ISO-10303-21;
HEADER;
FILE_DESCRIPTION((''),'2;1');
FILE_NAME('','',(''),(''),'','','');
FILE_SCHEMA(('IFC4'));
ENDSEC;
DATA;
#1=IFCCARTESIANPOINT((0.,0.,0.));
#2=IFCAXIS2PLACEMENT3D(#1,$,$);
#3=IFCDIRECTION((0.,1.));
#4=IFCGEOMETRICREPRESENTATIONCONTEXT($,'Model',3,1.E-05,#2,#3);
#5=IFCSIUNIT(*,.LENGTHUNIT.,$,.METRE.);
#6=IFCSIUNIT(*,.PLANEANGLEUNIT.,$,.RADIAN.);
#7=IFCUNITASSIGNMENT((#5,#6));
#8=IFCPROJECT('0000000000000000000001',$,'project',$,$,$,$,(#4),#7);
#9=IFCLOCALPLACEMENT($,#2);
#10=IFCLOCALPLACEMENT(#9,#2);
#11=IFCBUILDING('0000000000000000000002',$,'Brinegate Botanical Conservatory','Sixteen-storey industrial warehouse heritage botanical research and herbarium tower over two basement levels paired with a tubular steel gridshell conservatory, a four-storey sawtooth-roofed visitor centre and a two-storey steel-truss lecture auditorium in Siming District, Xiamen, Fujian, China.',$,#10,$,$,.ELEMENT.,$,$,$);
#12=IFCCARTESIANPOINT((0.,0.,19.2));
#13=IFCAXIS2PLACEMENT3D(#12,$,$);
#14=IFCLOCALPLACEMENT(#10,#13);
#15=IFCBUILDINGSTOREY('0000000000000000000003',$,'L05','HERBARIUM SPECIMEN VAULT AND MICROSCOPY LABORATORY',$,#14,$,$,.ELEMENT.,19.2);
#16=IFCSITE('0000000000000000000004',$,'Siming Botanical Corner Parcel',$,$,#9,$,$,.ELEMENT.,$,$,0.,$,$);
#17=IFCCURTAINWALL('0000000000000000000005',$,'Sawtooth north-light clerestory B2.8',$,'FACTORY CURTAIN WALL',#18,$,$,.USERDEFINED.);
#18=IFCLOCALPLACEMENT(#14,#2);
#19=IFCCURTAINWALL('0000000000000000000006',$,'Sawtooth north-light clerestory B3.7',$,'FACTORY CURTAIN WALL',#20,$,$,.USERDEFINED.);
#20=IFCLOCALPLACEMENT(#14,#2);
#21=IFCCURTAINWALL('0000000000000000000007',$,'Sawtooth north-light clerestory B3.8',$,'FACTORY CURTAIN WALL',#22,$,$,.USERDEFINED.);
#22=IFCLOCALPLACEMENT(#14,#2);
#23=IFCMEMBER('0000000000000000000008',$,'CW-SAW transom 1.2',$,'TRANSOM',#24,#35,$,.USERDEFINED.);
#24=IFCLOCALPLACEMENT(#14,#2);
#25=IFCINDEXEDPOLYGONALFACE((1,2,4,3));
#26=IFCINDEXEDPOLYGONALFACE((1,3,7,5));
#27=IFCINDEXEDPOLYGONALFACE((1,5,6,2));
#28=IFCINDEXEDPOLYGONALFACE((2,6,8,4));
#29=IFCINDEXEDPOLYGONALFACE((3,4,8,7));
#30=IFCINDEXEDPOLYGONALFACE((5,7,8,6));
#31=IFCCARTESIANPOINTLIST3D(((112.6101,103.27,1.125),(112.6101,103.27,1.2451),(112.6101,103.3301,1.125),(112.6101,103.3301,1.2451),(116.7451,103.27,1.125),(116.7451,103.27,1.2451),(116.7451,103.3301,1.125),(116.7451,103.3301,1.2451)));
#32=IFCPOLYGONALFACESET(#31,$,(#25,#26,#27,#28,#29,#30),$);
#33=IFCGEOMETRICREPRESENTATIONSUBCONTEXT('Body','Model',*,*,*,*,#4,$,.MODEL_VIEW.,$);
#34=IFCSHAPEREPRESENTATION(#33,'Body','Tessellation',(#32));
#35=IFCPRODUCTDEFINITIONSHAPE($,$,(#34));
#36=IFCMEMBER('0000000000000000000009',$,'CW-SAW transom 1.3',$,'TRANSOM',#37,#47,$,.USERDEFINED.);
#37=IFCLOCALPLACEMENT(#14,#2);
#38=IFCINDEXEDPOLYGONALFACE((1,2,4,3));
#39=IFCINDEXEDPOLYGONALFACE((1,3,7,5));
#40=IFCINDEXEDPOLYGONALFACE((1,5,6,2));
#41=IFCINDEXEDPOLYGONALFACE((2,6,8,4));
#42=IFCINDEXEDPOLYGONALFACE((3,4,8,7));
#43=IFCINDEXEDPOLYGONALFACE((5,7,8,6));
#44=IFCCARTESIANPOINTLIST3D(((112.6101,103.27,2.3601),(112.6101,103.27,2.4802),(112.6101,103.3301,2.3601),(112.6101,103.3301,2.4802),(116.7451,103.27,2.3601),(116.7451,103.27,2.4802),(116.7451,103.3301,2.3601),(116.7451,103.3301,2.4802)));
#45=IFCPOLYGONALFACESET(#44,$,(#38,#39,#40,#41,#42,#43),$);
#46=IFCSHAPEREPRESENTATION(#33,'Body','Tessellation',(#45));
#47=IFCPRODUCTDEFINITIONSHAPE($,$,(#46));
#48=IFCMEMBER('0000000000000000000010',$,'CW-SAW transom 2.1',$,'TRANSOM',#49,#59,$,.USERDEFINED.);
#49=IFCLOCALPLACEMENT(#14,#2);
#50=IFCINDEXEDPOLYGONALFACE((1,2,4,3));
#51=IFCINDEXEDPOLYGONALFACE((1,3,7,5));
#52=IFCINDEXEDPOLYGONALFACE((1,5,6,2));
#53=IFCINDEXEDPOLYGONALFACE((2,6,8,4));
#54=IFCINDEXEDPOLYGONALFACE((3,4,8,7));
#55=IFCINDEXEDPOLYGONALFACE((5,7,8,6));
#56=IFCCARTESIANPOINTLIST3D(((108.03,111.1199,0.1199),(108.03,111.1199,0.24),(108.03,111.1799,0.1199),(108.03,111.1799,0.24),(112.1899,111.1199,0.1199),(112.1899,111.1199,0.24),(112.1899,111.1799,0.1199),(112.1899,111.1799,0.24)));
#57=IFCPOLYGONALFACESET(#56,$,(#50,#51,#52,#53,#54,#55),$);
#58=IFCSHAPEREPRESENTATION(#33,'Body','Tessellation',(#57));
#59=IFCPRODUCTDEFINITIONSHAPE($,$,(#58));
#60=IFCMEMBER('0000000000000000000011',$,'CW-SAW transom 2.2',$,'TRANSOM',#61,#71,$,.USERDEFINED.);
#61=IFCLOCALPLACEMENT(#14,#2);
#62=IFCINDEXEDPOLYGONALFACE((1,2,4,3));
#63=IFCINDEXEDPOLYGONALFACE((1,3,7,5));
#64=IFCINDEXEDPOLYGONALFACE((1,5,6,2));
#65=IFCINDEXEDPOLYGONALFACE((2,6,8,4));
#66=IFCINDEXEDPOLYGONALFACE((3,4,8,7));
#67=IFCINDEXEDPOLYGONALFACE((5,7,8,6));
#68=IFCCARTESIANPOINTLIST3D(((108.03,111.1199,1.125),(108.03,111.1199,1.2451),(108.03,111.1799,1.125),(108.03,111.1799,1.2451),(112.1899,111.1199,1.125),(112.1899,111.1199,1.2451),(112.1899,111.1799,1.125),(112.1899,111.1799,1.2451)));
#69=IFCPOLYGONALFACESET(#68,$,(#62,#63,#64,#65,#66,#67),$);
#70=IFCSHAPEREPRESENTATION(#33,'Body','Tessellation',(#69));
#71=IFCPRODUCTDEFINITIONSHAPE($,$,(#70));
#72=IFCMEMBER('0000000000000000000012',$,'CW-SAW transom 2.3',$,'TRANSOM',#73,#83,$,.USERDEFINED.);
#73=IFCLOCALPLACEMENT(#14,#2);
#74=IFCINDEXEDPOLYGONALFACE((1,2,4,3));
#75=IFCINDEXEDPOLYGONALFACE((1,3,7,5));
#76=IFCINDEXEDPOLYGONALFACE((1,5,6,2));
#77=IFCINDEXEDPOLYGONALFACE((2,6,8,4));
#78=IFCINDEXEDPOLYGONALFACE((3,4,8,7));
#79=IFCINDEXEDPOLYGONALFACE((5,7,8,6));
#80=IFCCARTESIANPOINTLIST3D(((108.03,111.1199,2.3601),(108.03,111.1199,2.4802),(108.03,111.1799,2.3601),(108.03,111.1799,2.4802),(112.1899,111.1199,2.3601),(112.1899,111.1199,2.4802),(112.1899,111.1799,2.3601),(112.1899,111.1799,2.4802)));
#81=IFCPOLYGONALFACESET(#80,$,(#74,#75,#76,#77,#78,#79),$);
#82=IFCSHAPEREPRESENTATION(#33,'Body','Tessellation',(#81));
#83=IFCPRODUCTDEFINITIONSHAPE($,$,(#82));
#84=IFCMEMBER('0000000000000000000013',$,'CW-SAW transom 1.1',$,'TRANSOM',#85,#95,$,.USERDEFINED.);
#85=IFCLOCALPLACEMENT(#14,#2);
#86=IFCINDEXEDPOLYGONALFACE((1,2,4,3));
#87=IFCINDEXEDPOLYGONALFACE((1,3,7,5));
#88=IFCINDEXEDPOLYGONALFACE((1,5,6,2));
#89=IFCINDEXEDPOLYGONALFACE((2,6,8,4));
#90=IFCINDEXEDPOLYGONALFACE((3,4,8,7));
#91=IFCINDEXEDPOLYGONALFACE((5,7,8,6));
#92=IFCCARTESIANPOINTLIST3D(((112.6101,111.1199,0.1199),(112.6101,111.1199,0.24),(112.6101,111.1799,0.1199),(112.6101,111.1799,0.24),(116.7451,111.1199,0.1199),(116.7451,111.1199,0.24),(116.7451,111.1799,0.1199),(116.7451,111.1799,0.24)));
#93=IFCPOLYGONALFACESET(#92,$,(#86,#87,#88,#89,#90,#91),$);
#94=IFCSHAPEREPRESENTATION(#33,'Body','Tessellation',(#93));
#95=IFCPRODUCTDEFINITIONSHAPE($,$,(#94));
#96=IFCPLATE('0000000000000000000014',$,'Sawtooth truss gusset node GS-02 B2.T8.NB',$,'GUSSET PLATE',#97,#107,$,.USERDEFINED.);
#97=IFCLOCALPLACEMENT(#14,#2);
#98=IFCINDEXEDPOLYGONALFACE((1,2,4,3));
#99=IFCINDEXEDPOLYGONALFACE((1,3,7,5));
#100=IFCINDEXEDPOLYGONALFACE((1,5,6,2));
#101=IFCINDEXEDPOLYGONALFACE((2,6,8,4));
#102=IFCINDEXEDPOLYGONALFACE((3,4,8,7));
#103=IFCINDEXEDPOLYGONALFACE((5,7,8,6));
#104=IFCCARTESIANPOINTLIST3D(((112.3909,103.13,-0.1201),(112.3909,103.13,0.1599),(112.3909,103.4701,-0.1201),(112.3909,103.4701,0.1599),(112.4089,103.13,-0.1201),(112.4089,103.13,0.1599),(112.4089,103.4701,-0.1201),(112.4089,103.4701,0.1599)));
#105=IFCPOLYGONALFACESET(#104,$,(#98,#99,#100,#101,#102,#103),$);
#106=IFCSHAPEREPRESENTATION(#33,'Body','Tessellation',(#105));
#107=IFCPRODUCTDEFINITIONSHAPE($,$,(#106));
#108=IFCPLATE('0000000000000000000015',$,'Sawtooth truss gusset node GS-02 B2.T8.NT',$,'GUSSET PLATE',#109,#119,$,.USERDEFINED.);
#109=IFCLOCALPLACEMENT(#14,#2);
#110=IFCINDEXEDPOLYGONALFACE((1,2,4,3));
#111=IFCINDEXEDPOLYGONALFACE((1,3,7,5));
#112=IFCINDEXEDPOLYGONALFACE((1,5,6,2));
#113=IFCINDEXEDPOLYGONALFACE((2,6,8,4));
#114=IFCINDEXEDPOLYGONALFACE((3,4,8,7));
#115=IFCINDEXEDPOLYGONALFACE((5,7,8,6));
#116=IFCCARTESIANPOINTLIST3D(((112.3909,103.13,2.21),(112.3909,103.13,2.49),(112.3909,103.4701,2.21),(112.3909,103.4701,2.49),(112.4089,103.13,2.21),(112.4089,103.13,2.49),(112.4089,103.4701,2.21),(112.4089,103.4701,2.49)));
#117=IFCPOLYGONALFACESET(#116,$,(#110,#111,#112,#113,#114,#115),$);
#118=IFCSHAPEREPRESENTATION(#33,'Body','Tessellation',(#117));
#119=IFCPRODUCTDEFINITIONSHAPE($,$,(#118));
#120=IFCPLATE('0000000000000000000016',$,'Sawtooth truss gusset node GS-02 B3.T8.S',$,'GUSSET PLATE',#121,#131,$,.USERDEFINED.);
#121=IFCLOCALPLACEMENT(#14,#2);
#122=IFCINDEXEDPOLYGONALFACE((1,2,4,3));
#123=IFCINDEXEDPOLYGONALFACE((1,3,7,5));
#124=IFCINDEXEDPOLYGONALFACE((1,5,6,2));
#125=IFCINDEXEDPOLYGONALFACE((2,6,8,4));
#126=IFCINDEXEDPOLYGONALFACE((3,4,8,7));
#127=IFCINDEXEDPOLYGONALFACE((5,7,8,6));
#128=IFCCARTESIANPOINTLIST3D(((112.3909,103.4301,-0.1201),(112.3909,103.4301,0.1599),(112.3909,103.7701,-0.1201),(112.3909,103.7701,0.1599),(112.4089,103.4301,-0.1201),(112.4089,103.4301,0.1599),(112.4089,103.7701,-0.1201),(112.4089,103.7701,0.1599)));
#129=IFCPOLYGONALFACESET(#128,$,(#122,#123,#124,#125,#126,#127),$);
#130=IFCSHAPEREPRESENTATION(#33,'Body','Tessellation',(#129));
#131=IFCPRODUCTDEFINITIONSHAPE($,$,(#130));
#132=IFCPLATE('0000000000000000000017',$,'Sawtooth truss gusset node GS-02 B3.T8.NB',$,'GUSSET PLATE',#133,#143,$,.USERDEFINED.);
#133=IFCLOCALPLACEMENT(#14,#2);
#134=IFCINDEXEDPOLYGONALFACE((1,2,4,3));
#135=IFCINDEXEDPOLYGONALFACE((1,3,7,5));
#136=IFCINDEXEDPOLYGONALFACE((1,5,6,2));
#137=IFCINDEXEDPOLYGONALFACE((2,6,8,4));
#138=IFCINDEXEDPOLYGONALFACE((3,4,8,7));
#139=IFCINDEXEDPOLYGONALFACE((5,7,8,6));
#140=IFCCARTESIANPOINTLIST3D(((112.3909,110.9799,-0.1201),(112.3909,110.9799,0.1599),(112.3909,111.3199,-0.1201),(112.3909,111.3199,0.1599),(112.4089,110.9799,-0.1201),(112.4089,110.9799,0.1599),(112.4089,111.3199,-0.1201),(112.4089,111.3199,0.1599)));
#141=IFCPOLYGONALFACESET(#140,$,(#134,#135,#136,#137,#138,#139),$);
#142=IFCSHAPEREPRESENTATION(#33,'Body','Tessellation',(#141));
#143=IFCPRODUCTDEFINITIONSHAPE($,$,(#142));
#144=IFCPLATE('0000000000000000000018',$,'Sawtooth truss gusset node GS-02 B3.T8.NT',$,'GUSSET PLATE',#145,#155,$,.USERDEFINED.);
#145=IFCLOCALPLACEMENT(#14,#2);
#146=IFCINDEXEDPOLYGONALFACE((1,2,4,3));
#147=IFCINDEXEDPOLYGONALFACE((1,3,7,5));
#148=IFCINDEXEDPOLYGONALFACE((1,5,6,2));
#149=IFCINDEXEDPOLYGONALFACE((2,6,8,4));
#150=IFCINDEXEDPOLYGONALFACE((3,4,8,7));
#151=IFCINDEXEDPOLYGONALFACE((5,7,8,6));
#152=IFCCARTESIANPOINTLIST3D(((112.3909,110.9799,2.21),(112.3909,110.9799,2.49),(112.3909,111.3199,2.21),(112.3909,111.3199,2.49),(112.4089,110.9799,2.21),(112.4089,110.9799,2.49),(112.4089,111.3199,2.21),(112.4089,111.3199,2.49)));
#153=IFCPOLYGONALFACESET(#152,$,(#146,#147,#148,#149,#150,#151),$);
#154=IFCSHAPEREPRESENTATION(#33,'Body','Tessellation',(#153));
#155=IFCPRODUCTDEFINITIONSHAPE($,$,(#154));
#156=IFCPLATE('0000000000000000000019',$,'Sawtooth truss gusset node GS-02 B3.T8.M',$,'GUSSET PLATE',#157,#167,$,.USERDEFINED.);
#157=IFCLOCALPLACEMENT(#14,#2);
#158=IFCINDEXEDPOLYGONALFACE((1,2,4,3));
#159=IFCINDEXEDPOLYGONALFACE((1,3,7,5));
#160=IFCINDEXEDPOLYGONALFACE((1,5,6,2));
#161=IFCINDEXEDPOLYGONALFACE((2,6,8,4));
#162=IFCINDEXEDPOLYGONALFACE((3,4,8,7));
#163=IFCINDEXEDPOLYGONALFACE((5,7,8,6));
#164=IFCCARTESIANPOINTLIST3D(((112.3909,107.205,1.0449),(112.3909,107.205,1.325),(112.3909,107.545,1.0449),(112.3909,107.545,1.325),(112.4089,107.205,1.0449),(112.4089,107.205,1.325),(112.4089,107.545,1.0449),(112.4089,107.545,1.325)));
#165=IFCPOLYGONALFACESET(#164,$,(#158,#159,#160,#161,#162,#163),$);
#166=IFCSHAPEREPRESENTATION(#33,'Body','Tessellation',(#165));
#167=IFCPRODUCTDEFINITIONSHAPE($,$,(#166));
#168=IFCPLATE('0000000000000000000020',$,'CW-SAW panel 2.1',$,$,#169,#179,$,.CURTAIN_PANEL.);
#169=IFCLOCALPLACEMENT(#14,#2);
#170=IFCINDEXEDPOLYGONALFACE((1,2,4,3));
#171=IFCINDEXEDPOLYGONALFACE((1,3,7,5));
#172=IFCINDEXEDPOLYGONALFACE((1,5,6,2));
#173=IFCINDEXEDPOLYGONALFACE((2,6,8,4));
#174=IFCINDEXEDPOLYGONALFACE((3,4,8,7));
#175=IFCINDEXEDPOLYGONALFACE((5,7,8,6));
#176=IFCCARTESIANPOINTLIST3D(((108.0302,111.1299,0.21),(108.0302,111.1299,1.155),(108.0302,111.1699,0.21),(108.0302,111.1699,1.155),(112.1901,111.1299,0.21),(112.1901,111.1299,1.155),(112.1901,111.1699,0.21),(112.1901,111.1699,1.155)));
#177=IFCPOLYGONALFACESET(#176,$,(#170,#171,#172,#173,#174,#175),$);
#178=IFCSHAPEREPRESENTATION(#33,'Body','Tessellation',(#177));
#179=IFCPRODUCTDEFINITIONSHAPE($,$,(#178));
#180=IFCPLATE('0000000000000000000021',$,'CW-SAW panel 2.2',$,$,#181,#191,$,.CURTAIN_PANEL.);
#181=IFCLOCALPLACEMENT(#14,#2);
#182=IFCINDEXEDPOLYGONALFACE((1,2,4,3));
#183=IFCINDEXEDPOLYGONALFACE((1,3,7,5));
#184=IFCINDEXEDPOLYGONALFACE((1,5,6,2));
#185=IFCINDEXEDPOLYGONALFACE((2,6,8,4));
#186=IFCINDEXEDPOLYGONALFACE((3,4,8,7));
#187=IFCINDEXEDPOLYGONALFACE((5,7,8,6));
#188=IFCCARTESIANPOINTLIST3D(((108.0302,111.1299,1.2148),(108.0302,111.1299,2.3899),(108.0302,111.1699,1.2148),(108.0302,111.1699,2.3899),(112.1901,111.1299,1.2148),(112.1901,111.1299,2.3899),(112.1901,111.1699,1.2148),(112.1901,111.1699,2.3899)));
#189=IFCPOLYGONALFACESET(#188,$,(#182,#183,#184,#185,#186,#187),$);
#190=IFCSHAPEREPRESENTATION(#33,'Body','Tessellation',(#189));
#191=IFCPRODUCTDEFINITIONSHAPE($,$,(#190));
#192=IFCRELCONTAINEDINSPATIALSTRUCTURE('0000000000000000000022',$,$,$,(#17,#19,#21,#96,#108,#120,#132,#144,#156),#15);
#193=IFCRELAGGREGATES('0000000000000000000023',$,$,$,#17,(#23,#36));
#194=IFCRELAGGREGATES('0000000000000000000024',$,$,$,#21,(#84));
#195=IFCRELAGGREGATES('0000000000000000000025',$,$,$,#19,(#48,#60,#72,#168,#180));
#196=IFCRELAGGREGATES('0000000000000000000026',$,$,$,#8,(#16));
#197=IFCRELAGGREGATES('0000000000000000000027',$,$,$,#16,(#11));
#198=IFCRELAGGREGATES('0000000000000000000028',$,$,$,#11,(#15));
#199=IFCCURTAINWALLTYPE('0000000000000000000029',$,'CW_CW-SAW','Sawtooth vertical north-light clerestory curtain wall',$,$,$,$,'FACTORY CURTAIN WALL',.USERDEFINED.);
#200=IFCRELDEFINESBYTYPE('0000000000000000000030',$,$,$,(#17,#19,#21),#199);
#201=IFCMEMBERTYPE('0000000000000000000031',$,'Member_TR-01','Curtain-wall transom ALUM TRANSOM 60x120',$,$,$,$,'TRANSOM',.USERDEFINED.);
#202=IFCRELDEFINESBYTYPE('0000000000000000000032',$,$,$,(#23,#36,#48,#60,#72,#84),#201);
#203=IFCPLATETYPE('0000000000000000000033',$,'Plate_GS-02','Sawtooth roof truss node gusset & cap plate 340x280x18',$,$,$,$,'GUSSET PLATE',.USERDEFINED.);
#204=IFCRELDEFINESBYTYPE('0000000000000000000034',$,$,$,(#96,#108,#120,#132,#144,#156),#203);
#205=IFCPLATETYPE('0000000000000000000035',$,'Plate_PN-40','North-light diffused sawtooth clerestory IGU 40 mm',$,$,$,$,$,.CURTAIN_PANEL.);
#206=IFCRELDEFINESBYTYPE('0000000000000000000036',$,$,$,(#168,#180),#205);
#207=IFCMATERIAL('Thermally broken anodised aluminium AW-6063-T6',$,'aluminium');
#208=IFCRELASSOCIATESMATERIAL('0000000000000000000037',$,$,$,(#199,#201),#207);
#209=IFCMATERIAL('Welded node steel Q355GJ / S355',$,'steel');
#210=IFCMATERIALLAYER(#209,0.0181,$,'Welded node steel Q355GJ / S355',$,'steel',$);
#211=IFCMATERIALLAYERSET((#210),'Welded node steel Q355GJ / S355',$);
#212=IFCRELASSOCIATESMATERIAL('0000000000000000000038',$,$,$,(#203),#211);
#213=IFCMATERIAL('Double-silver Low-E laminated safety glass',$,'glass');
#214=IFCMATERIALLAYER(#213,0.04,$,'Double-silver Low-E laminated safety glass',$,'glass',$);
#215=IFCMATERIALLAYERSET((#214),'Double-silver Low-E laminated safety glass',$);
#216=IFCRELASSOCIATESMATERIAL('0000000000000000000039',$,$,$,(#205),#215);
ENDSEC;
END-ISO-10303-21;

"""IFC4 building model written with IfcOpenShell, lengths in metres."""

from ifc_helpers import new_model, si_unit, direction, frame, origin, origin_2d, place, context, subcontext, project, spatial, rectangle, extrude, material, layer, layer_set, material_profile, profile_set, type_object, element, aggregate, save


model = new_model("IFC4")

# Units and contexts
model_context = context("Model", 3, precision=1e-05, world=origin(), true_north=direction((0.0, 1.0)))
body_context = subcontext(model_context, "Body", "Model", "MODEL_VIEW")
ifc_project = project(units=[si_unit("LENGTHUNIT", "METRE"), si_unit("PLANEANGLEUNIT", "RADIAN")], contexts=[model_context])

# Site, building, storey
site_placement = place(None, origin())
site = spatial("IfcSite", under=ifc_project, at=site_placement, Name="Siming Botanical Corner Parcel", CompositionType="ELEMENT", RefElevation=0.0)
building_placement = place(site_placement, origin())
building = spatial("IfcBuilding", under=site, at=building_placement, Name="Brinegate Botanical Conservatory", Description="Sixteen-storey industrial warehouse heritage botanical research and herbarium tower over two basement levels paired with a tubular steel gridshell conservatory, a four-storey sawtooth-roofed visitor centre and a two-storey steel-truss lecture auditorium in Siming District, Xiamen, Fujian, China.", CompositionType="ELEMENT")
storey_placement = place(building_placement, frame((0.0, 0.0, 19.2)))
storey = spatial("IfcBuildingStorey", under=building, at=storey_placement, Name="L05", Description="HERBARIUM SPECIMEN VAULT AND MICROSCOPY LABORATORY", CompositionType="ELEMENT", Elevation=19.2)

# Curtain walls
ifc_material_1 = material(Name="Thermally broken anodised aluminium AW-6063-T6", Category="aluminium")
curtain_wall_type = type_object("IfcCurtainWallType", Name="CW_CW-SAW", Description="Sawtooth vertical north-light clerestory curtain wall", ElementType="FACTORY CURTAIN WALL", PredefinedType="USERDEFINED", material=ifc_material_1)
curtain_wall_1_placement = place(storey_placement, origin())
curtain_wall_1 = element("IfcCurtainWall", 1, at=curtain_wall_1_placement, inside=storey, type_object=curtain_wall_type, Name="Sawtooth north-light clerestory B2.8", ObjectType="FACTORY CURTAIN WALL", PredefinedType="USERDEFINED")
curtain_wall_2_placement = place(storey_placement, origin())
curtain_wall_2 = element("IfcCurtainWall", 2, at=curtain_wall_2_placement, inside=storey, type_object=curtain_wall_type, Name="Sawtooth north-light clerestory B3.7", ObjectType="FACTORY CURTAIN WALL", PredefinedType="USERDEFINED")
curtain_wall_3_placement = place(storey_placement, origin())
curtain_wall_3 = element("IfcCurtainWall", 3, at=curtain_wall_3_placement, inside=storey, type_object=curtain_wall_type, Name="Sawtooth north-light clerestory B3.8", ObjectType="FACTORY CURTAIN WALL", PredefinedType="USERDEFINED")

# Members
ifc_material_profile_1 = material_profile(ifc_material_1, rectangle(XDim=0.0601, YDim=0.1201, at=origin_2d()), Name="ALUM TRANSOM 60x120")
ifc_profile_set_1 = profile_set([ifc_material_profile_1], Name="Thermally broken anodised aluminium AW-6063-T6")
member_type_1 = type_object("IfcMemberType", Name="Member_TR-01", Description="Curtain-wall transom ALUM TRANSOM 60x120", ElementType="TRANSOM", PredefinedType="USERDEFINED", material=ifc_profile_set_1)
member_1_placement = place(storey_placement, frame((112.6101, 103.3, 1.1851), z_axis=(1.0, 0.0, 0.0), x_axis=(0.0, 1.0, 0.0)))
member_1 = element("IfcMember", 4, at=member_1_placement, type_object=member_type_1, Name="CW-SAW transom 1.2", ObjectType="TRANSOM", PredefinedType="USERDEFINED", context=body_context, shape_type="SweptSolid", body=[
    extrude(rectangle(XDim=0.0601, YDim=0.1201, at=origin_2d()), origin(), (0.0, 0.0, 1.0), 4.135),
])
member_2_placement = place(storey_placement, frame((112.6101, 103.3, 2.4202), z_axis=(1.0, 0.0, 0.0), x_axis=(0.0, 1.0, 0.0)))
member_2 = element("IfcMember", 5, at=member_2_placement, type_object=member_type_1, Name="CW-SAW transom 1.3", ObjectType="TRANSOM", PredefinedType="USERDEFINED", context=body_context, shape_type="SweptSolid", body=[
    extrude(rectangle(XDim=0.0601, YDim=0.1201, at=origin_2d()), origin(), (0.0, 0.0, 1.0), 4.135),
])
aggregate(curtain_wall_1, [member_1, member_2])
member_3_placement = place(storey_placement, frame((108.03, 111.1499, 0.1799), z_axis=(1.0, 0.0, 0.0), x_axis=(0.0, 1.0, 0.0)))
member_3 = element("IfcMember", 6, at=member_3_placement, type_object=member_type_1, Name="CW-SAW transom 2.1", ObjectType="TRANSOM", PredefinedType="USERDEFINED", context=body_context, shape_type="SweptSolid", body=[
    extrude(rectangle(XDim=0.0601, YDim=0.1201, at=origin_2d()), origin(), (0.0, 0.0, 1.0), 4.1599),
])
member_4_placement = place(storey_placement, frame((108.03, 111.1499, 1.1851), z_axis=(1.0, 0.0, 0.0), x_axis=(0.0, 1.0, 0.0)))
member_4 = element("IfcMember", 7, at=member_4_placement, type_object=member_type_1, Name="CW-SAW transom 2.2", ObjectType="TRANSOM", PredefinedType="USERDEFINED", context=body_context, shape_type="SweptSolid", body=[
    extrude(rectangle(XDim=0.0601, YDim=0.1201, at=origin_2d()), origin(), (0.0, 0.0, 1.0), 4.1599),
])
member_5_placement = place(storey_placement, frame((108.03, 111.1499, 2.4202), z_axis=(1.0, 0.0, 0.0), x_axis=(0.0, 1.0, 0.0)))
member_5 = element("IfcMember", 8, at=member_5_placement, type_object=member_type_1, Name="CW-SAW transom 2.3", ObjectType="TRANSOM", PredefinedType="USERDEFINED", context=body_context, shape_type="SweptSolid", body=[
    extrude(rectangle(XDim=0.0601, YDim=0.1201, at=origin_2d()), origin(), (0.0, 0.0, 1.0), 4.1599),
])
member_6_placement = place(storey_placement, frame((112.6101, 111.1499, 0.1799), z_axis=(1.0, 0.0, 0.0), x_axis=(0.0, 1.0, 0.0)))
member_6 = element("IfcMember", 9, at=member_6_placement, type_object=member_type_1, Name="CW-SAW transom 1.1", ObjectType="TRANSOM", PredefinedType="USERDEFINED", context=body_context, shape_type="SweptSolid", body=[
    extrude(rectangle(XDim=0.0601, YDim=0.1201, at=origin_2d()), origin(), (0.0, 0.0, 1.0), 4.135),
])
aggregate(curtain_wall_3, [member_6])

# Plates
ifc_material_2 = material(Name="Welded node steel Q355GJ / S355", Category="steel")
ifc_layer_1 = layer(ifc_material_2, 0.0181, Name="Welded node steel Q355GJ / S355", Category="steel")
ifc_layer_set_1 = layer_set([ifc_layer_1], Name="Welded node steel Q355GJ / S355")
plate_type_1 = type_object("IfcPlateType", Name="Plate_GS-02", Description="Sawtooth roof truss node gusset & cap plate 340x280x18", ElementType="GUSSET PLATE", PredefinedType="USERDEFINED", material=ifc_layer_set_1)
for number, where, z_axis, x_axis, name in (
    (10, (112.3999, 103.3, -0.1201), (0.0, 0.0, 1.0), (1.0, 0.0, 0.0), "Sawtooth truss gusset node GS-02 B2.T8.NB"),
    (11, (112.3999, 103.3, 2.21), (0.0, 0.0, 1.0), (1.0, 0.0, 0.0), "Sawtooth truss gusset node GS-02 B2.T8.NT"),
    (12, (112.3999, 103.6001, -0.1201), (0.0, 0.0, 1.0), (1.0, 0.0, 0.0), "Sawtooth truss gusset node GS-02 B3.T8.S"),
    (13, (112.3999, 111.1499, -0.1201), (0.0, 0.0, 1.0), (1.0, 0.0, 0.0), "Sawtooth truss gusset node GS-02 B3.T8.NB"),
    (14, (112.3999, 111.1499, 2.21), (0.0, 0.0, 1.0), (1.0, 0.0, 0.0), "Sawtooth truss gusset node GS-02 B3.T8.NT"),
    (15, (112.3999, 107.375, 1.0449), (0.0, 0.0, 1.0), (1.0, 0.0, 0.0), "Sawtooth truss gusset node GS-02 B3.T8.M"),
):
    element("IfcPlate", number, at=place(storey_placement, frame(where, z_axis=z_axis, x_axis=x_axis)), inside=storey, type_object=plate_type_1, Name=name, ObjectType="GUSSET PLATE", PredefinedType="USERDEFINED", context=body_context, shape_type="SweptSolid", body=[
        extrude(rectangle(XDim=0.0181, YDim=0.3401, at=origin_2d()), origin(), (0.0, 0.0, 1.0), 0.28),
    ])

# Plates
ifc_material_3 = material(Name="Double-silver Low-E laminated safety glass", Category="glass")
ifc_layer_2 = layer(ifc_material_3, 0.04, Name="Double-silver Low-E laminated safety glass", Category="glass")
ifc_layer_set_2 = layer_set([ifc_layer_2], Name="Double-silver Low-E laminated safety glass")
plate_type_2 = type_object("IfcPlateType", Name="Plate_PN-40", Description="North-light diffused sawtooth clerestory IGU 40 mm", PredefinedType="CURTAIN_PANEL", material=ifc_layer_set_2)
plate_1_placement = place(storey_placement, frame((110.1101, 111.1499, 0.21), z_axis=(0.0, 0.0, 1.0), x_axis=(1.0, 0.0, 0.0)))
plate_1 = element("IfcPlate", 16, at=plate_1_placement, type_object=plate_type_2, Name="CW-SAW panel 2.1", PredefinedType="CURTAIN_PANEL", context=body_context, shape_type="SweptSolid", body=[
    extrude(rectangle(XDim=4.1599, YDim=0.04, at=origin_2d()), origin(), (0.0, 0.0, 1.0), 0.9451),
])
plate_2_placement = place(storey_placement, frame((110.1101, 111.1499, 1.2148), z_axis=(0.0, 0.0, 1.0), x_axis=(1.0, 0.0, 0.0)))
plate_2 = element("IfcPlate", 17, at=plate_2_placement, type_object=plate_type_2, Name="CW-SAW panel 2.2", PredefinedType="CURTAIN_PANEL", context=body_context, shape_type="SweptSolid", body=[
    extrude(rectangle(XDim=4.1599, YDim=0.04, at=origin_2d()), origin(), (0.0, 0.0, 1.0), 1.175),
])
aggregate(curtain_wall_2, [member_3, member_4, member_5, plate_1, plate_2])

save(model, "model.ifc")
